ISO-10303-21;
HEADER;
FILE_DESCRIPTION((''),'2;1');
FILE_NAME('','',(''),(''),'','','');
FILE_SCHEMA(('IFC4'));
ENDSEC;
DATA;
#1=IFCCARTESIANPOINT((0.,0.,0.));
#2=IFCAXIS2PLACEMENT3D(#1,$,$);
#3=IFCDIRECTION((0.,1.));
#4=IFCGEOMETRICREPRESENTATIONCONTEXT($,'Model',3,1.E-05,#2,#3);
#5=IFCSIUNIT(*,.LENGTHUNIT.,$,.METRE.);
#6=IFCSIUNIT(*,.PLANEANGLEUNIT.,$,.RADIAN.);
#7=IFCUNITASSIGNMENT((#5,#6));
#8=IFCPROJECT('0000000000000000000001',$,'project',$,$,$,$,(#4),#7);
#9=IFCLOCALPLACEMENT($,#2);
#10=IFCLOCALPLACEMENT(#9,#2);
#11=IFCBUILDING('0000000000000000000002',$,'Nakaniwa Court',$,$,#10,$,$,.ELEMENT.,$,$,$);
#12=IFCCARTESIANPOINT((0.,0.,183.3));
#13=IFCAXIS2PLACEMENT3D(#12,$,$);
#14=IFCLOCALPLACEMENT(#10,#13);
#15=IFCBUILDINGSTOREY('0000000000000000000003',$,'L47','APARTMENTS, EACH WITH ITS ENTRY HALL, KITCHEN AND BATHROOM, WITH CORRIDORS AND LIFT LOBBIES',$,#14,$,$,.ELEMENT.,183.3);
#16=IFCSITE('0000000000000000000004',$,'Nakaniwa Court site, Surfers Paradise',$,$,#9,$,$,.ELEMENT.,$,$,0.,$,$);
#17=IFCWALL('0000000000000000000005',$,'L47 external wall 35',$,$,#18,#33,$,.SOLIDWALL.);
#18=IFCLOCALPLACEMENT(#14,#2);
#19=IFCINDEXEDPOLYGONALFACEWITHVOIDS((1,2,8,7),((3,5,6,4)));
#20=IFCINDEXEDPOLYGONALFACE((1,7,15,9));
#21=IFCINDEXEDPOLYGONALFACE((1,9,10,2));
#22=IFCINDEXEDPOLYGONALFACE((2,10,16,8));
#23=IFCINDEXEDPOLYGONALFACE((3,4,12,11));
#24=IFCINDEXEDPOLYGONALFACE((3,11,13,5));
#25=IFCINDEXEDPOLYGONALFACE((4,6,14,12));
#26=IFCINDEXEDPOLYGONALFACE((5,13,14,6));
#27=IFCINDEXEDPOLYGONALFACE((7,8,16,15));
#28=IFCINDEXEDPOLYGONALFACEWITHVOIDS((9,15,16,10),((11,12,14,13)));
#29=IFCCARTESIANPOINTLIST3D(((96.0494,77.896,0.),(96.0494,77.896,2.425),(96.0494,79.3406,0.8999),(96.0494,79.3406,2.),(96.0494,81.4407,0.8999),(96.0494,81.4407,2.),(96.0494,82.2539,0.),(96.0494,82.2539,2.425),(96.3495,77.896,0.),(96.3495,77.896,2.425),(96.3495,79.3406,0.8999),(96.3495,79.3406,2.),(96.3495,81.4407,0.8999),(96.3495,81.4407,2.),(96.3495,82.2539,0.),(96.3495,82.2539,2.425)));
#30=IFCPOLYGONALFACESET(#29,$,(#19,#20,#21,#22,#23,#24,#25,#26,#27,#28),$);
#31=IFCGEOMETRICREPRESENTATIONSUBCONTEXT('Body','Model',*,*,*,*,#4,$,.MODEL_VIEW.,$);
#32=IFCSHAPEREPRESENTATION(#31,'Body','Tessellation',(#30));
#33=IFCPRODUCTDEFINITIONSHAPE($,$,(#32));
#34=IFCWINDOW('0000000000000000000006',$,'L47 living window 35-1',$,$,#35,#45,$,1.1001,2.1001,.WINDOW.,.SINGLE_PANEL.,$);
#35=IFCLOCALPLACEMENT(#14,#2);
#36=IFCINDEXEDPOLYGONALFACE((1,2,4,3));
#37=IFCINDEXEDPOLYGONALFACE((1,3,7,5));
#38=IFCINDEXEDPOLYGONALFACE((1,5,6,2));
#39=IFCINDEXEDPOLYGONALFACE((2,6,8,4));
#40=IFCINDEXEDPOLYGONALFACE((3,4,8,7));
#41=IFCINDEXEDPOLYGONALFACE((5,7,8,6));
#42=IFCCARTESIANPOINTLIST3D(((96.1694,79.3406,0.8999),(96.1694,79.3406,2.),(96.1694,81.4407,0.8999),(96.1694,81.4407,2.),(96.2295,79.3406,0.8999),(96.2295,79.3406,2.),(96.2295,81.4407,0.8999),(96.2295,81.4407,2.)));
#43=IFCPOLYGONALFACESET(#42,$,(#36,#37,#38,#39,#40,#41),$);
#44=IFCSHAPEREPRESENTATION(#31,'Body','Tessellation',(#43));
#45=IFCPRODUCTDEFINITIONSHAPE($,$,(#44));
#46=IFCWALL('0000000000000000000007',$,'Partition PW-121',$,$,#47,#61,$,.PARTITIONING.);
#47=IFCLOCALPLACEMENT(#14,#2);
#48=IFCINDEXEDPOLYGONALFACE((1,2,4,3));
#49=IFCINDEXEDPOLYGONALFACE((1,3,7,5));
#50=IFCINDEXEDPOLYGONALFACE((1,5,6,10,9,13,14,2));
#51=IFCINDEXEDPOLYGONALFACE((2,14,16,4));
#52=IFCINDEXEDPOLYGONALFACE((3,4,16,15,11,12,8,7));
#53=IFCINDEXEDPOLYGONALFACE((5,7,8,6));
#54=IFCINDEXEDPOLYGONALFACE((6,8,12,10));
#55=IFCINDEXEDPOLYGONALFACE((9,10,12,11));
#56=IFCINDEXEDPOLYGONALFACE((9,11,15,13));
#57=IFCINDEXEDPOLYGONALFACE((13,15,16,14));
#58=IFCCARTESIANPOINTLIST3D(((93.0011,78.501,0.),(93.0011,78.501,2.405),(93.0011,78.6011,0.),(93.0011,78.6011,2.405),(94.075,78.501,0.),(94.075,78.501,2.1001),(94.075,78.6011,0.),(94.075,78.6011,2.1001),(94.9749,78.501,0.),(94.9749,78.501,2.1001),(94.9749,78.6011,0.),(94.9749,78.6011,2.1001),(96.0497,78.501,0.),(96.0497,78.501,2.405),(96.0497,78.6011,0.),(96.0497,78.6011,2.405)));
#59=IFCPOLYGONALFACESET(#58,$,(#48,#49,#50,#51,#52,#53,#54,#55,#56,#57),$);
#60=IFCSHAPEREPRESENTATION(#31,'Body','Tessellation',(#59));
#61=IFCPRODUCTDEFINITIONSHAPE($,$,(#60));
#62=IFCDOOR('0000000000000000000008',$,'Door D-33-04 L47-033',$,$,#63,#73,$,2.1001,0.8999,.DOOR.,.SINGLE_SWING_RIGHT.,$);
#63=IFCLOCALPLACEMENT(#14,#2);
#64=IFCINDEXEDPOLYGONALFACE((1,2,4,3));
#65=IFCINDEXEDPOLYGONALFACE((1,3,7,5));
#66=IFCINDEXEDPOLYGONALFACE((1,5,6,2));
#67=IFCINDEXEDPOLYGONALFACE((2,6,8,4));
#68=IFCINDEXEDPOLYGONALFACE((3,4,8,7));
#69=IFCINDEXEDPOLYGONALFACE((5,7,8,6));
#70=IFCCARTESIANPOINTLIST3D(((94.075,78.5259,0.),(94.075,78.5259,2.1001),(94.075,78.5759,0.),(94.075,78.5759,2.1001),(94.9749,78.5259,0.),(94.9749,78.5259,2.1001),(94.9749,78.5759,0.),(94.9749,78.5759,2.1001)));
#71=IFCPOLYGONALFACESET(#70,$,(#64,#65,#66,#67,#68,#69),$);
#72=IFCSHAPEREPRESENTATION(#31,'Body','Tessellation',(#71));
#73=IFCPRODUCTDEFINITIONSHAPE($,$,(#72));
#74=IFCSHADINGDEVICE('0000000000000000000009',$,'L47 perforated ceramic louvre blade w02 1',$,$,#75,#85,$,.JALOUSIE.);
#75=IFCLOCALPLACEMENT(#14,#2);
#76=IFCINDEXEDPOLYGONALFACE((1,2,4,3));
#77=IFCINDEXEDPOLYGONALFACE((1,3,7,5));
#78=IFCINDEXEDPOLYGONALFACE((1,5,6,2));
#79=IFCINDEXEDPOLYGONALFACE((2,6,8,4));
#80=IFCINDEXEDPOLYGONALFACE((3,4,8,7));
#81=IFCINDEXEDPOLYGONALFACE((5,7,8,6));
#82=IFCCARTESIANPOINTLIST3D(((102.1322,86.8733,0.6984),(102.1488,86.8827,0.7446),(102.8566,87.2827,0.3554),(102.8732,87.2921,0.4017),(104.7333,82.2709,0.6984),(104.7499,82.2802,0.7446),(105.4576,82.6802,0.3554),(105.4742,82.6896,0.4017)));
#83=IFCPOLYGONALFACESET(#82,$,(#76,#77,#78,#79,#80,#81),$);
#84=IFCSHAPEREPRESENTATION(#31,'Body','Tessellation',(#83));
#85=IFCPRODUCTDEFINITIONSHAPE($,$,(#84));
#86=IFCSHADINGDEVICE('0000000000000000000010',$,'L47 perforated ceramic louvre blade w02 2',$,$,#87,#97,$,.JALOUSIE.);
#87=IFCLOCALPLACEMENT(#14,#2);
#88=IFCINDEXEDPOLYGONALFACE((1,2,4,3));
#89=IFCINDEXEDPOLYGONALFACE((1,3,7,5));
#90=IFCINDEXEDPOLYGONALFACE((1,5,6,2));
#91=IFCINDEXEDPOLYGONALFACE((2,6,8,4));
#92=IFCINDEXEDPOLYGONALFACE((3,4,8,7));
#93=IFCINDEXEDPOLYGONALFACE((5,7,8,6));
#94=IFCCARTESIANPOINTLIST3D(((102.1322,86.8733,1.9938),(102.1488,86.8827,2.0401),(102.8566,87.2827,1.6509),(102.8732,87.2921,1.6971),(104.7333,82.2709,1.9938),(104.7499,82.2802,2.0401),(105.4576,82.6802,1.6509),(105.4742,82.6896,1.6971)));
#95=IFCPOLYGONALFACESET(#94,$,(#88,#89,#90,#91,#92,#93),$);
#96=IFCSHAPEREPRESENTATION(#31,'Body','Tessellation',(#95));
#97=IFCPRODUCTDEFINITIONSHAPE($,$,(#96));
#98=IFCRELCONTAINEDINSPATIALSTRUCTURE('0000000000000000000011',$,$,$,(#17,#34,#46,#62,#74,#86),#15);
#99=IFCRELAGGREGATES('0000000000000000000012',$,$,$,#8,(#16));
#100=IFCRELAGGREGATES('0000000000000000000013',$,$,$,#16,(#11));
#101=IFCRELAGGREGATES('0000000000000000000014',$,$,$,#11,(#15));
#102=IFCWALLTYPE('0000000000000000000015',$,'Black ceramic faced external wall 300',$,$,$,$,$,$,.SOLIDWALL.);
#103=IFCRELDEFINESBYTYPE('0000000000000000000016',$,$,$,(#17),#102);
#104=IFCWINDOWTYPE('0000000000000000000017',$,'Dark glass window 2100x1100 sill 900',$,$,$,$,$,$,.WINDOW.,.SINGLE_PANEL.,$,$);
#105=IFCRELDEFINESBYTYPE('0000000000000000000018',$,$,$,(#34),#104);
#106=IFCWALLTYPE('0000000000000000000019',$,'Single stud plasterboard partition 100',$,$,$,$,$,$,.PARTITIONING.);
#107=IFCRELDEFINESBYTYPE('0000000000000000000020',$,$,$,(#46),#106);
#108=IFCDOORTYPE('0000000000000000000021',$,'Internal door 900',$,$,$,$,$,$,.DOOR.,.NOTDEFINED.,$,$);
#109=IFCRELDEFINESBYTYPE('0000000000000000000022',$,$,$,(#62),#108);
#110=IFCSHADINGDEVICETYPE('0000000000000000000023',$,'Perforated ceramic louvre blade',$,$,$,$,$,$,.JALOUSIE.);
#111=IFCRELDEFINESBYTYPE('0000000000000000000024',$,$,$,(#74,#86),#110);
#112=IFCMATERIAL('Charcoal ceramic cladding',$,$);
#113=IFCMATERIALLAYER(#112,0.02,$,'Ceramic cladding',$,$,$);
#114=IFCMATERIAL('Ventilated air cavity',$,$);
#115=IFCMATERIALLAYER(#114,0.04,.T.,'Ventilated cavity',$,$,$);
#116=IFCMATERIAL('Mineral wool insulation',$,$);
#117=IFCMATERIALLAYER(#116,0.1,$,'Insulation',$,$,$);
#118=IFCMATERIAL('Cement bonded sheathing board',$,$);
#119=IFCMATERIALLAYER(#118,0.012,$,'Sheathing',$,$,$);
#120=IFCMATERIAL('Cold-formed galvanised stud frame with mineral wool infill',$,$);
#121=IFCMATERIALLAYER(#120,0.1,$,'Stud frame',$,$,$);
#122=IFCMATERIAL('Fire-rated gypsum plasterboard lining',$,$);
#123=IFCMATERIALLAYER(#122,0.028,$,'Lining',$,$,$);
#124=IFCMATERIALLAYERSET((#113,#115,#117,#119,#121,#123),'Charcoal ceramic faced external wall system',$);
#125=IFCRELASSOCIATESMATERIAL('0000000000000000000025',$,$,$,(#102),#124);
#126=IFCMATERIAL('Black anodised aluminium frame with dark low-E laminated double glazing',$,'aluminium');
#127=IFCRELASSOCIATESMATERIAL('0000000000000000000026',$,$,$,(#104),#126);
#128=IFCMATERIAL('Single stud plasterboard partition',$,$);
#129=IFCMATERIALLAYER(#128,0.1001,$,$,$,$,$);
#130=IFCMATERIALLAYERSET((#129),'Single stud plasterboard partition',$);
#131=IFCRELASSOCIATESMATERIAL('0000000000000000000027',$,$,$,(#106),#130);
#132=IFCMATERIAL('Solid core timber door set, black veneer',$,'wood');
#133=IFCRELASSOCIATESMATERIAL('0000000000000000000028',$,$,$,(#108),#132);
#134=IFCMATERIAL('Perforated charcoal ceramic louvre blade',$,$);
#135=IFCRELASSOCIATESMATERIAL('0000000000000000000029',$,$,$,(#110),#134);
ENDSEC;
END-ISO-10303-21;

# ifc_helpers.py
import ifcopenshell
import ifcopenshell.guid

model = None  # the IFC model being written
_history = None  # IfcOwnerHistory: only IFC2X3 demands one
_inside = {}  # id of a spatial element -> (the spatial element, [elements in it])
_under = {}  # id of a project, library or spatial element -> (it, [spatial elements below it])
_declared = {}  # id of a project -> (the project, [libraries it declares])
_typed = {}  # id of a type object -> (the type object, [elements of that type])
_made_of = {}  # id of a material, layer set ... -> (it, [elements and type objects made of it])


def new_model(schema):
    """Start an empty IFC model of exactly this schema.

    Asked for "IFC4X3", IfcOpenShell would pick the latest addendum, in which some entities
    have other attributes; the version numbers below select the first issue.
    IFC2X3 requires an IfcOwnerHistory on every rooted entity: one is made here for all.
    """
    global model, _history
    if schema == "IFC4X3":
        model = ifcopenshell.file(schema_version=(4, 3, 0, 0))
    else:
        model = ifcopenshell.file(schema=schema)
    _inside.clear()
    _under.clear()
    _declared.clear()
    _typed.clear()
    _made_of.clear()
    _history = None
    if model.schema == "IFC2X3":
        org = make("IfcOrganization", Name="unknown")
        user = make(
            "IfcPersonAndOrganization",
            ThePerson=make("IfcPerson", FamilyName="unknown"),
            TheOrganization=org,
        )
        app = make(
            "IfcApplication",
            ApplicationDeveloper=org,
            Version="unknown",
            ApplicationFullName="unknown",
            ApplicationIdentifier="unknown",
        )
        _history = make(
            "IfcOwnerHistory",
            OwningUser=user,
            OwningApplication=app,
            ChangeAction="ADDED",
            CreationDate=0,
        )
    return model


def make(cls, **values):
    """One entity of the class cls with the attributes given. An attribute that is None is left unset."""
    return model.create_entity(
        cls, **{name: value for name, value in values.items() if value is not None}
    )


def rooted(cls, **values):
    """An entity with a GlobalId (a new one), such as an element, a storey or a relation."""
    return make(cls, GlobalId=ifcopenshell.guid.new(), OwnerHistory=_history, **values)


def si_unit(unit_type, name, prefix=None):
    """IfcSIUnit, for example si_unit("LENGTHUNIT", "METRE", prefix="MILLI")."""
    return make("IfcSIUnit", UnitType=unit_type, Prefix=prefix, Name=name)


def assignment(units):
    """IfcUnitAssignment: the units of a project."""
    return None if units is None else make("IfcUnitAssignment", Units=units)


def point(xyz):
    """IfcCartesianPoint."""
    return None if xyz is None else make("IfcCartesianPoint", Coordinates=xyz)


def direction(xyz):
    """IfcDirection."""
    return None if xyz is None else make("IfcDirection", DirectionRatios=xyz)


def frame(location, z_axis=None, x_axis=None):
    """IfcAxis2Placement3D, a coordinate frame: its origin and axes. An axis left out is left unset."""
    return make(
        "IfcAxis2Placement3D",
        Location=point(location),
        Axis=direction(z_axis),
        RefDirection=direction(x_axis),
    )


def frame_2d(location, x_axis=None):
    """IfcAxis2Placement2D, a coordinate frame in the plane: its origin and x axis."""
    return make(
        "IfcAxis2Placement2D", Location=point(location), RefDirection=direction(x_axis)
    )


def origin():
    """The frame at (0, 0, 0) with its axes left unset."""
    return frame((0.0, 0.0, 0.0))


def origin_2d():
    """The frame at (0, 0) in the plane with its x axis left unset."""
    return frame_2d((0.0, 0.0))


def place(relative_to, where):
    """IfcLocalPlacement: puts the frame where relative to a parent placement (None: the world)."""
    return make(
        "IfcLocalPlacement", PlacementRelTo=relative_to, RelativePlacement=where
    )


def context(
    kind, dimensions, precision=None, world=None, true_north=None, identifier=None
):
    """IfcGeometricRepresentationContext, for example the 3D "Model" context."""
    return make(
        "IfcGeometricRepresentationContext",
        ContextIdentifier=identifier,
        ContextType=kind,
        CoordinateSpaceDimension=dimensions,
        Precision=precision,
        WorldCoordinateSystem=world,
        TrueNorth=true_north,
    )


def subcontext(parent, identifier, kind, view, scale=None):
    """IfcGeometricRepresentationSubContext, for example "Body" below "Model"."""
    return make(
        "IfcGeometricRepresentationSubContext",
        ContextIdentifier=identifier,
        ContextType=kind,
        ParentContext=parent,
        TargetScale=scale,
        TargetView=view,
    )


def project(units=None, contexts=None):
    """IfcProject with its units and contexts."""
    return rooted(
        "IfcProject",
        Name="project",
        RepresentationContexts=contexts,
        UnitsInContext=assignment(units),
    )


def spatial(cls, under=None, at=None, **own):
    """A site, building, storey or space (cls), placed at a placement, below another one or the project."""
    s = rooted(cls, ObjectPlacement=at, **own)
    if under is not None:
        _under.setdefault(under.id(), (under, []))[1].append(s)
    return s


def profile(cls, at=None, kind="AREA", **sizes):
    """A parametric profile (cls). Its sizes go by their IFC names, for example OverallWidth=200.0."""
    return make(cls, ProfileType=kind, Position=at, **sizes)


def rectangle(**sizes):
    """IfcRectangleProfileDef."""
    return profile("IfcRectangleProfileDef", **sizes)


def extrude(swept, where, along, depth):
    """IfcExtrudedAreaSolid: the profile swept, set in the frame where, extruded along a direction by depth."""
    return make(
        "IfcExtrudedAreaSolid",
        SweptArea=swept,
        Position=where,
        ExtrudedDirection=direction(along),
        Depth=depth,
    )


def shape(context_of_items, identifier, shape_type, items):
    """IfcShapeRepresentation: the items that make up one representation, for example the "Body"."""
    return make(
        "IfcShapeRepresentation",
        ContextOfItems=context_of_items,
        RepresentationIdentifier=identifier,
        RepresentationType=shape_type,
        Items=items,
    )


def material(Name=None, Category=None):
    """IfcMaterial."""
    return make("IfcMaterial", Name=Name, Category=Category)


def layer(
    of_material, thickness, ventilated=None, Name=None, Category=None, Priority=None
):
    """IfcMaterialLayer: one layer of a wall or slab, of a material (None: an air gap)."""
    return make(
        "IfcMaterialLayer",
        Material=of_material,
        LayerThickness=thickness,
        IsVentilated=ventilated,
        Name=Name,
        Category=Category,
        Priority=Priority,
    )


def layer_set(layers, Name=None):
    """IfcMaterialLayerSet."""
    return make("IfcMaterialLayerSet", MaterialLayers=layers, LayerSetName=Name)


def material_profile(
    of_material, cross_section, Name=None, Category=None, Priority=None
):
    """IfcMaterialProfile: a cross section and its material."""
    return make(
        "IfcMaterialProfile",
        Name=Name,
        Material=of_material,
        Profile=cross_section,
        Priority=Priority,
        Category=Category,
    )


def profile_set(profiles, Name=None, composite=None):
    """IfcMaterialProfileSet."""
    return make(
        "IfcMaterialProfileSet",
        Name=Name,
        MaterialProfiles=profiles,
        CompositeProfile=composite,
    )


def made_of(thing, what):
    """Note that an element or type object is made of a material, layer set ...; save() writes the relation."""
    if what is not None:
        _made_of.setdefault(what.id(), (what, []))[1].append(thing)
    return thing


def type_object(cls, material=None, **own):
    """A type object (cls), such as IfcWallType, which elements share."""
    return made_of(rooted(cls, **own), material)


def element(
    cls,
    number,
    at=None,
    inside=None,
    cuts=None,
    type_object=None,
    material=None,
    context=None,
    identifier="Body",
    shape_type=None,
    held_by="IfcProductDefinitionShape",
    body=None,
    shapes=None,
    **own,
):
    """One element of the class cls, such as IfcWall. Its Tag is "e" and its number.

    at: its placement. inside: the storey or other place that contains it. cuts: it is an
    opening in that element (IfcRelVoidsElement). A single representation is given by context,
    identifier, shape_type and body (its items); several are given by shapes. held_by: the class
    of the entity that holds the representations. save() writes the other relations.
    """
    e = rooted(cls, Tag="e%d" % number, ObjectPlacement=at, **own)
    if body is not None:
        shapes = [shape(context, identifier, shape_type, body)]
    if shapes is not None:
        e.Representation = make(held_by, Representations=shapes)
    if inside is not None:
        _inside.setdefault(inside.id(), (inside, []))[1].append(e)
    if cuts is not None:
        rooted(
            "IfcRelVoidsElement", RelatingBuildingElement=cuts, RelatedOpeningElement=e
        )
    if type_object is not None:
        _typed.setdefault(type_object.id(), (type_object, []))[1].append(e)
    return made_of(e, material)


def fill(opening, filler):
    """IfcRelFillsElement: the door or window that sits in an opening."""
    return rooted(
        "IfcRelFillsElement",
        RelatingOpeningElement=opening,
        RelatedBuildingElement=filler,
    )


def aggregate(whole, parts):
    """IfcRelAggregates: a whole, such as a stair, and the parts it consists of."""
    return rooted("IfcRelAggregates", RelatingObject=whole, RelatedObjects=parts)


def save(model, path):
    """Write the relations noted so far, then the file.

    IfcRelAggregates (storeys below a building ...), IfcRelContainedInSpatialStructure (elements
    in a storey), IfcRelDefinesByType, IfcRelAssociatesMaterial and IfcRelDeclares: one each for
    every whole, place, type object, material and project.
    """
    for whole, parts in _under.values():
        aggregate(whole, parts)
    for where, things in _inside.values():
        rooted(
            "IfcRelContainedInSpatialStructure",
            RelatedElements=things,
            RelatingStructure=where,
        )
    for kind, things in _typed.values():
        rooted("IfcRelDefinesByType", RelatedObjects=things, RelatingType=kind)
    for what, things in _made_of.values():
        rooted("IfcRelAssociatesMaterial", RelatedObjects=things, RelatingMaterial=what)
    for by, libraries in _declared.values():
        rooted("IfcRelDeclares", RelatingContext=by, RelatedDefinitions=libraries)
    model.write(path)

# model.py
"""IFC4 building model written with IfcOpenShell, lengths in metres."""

from ifc_helpers import new_model, si_unit, direction, frame, frame_2d, origin, origin_2d, place, context, subcontext, project, spatial, rectangle, extrude, material, layer, layer_set, material_profile, profile_set, type_object, element, fill, save


model = new_model("IFC4")

# Units and contexts
model_context = context("Model", 3, precision=1e-05, world=origin(), true_north=direction((0.0, 1.0)))
body_context = subcontext(model_context, "Body", "Model", "MODEL_VIEW")
ifc_project = project(units=[si_unit("LENGTHUNIT", "METRE"), si_unit("PLANEANGLEUNIT", "RADIAN")], contexts=[model_context])

# Site, building, storey
site_placement = place(None, origin())
site = spatial("IfcSite", under=ifc_project, at=site_placement, Name="Nakaniwa Court site, Surfers Paradise", CompositionType="ELEMENT", RefElevation=0.0)
building_placement = place(site_placement, origin())
building = spatial("IfcBuilding", under=site, at=building_placement, Name="Nakaniwa Court", CompositionType="ELEMENT")
storey_placement = place(building_placement, frame((0.0, 0.0, 183.3)))
storey = spatial("IfcBuildingStorey", under=building, at=storey_placement, Name="L47", Description="APARTMENTS, EACH WITH ITS ENTRY HALL, KITCHEN AND BATHROOM, WITH CORRIDORS AND LIFT LOBBIES", CompositionType="ELEMENT", Elevation=183.3)

# Shared definitions
ifc_material_1 = material(Name="Charcoal ceramic cladding")
ifc_layer_1 = layer(ifc_material_1, 0.02, Name="Ceramic cladding")
ifc_material_2 = material(Name="Ventilated air cavity")
ifc_layer_2 = layer(ifc_material_2, 0.04, ventilated=True, Name="Ventilated cavity")
ifc_material_3 = material(Name="Mineral wool insulation")
ifc_layer_3 = layer(ifc_material_3, 0.1, Name="Insulation")
ifc_material_4 = material(Name="Cement bonded sheathing board")
ifc_layer_4 = layer(ifc_material_4, 0.012, Name="Sheathing")
ifc_material_5 = material(Name="Cold-formed galvanised stud frame with mineral wool infill")
ifc_layer_5 = layer(ifc_material_5, 0.1, Name="Stud frame")
ifc_material_6 = material(Name="Fire-rated gypsum plasterboard lining")
ifc_layer_6 = layer(ifc_material_6, 0.028, Name="Lining")
ifc_layer_set_1 = layer_set([ifc_layer_1, ifc_layer_2, ifc_layer_3, ifc_layer_4, ifc_layer_5, ifc_layer_6], Name="Charcoal ceramic faced external wall system")
wall_type_1 = type_object("IfcWallType", Name="Black ceramic faced external wall 300", PredefinedType="SOLIDWALL", material=ifc_layer_set_1)

# Shared definitions
ifc_material_7 = material(Name="Black anodised aluminium frame with dark low-E laminated double glazing", Category="aluminium")

# Wall, opening, window
wall_1_placement = place(storey_placement, frame((96.1995, 77.896, 0.0), z_axis=(0.0, 0.0, 1.0), x_axis=(0.0, 1.0, 0.0)))
wall_1 = element("IfcWall", 1, at=wall_1_placement, inside=storey, type_object=wall_type_1, Name="L47 external wall 35", PredefinedType="SOLIDWALL", context=body_context, shape_type="SweptSolid", body=[
    extrude(rectangle(XDim=4.3579, YDim=0.3, at=frame_2d((2.179, 0.0))), origin(), (0.0, 0.0, 1.0), 2.425),
])
opening_1_placement = place(wall_1_placement, frame((1.4446, 0.0, 0.8999)))
opening_1 = element("IfcOpeningElement", 2, at=opening_1_placement, cuts=wall_1, PredefinedType="OPENING", context=body_context, shape_type="SweptSolid", body=[
    extrude(rectangle(XDim=2.1001, YDim=1.1001, at=frame_2d((1.05, 0.55))), frame((0.0, 0.1599, 0.0), z_axis=(0.0, -1.0, 0.0), x_axis=(1.0, 0.0, 0.0)), (0.0, 0.0, 1.0), 0.3201),
])
window_type_1 = type_object("IfcWindowType", Name="Dark glass window 2100x1100 sill 900", PartitioningType="SINGLE_PANEL", PredefinedType="WINDOW", material=ifc_material_7)
window_1_placement = place(opening_1_placement, origin())
window_1 = element("IfcWindow", 3, at=window_1_placement, inside=storey, type_object=window_type_1, Name="L47 living window 35-1", OverallHeight=1.1001, OverallWidth=2.1001, PartitioningType="SINGLE_PANEL", PredefinedType="WINDOW", context=body_context, shape_type="SweptSolid", body=[
    extrude(rectangle(XDim=2.1001, YDim=1.1001, at=frame_2d((1.05, 0.55))), frame((0.0, 0.03, 0.0), z_axis=(0.0, -1.0, 0.0), x_axis=(1.0, 0.0, 0.0)), (0.0, 0.0, 1.0), 0.0601),
])
fill(opening_1, window_1)

# Wall, opening, door
ifc_material_8 = material(Name="Single stud plasterboard partition")
ifc_layer_7 = layer(ifc_material_8, 0.1001)
ifc_layer_set_2 = layer_set([ifc_layer_7], Name="Single stud plasterboard partition")
wall_type_2 = type_object("IfcWallType", Name="Single stud plasterboard partition 100", PredefinedType="PARTITIONING", material=ifc_layer_set_2)
wall_2_placement = place(storey_placement, frame((93.001, 78.551, 0.0), z_axis=(0.0, 0.0, 1.0), x_axis=(1.0, 0.0, 0.0)))
wall_2 = element("IfcWall", 4, at=wall_2_placement, inside=storey, type_object=wall_type_2, Name="Partition PW-121", PredefinedType="PARTITIONING", context=body_context, shape_type="SweptSolid", body=[
    extrude(rectangle(XDim=3.0486, YDim=0.1001, at=frame_2d((1.5244, 0.0))), origin(), (0.0, 0.0, 1.0), 2.405),
])
opening_2_placement = place(wall_2_placement, frame((1.074, 0.0, 0.0)))
opening_2 = element("IfcOpeningElement", 5, at=opening_2_placement, cuts=wall_2, PredefinedType="OPENING", context=body_context, shape_type="SweptSolid", body=[
    extrude(rectangle(XDim=0.8999, YDim=2.1001, at=frame_2d((0.45, 1.05))), frame((0.0, 0.0601, 0.0), z_axis=(0.0, -1.0, 0.0), x_axis=(1.0, 0.0, 0.0)), (0.0, 0.0, 1.0), 0.1201),
])
ifc_material_9 = material(Name="Solid core timber door set, black veneer", Category="wood")
door_type = type_object("IfcDoorType", Name="Internal door 900", OperationType="NOTDEFINED", PredefinedType="DOOR", material=ifc_material_9)
door_placement = place(opening_2_placement, origin())
door = element("IfcDoor", 6, at=door_placement, inside=storey, type_object=door_type, Name="Door D-33-04 L47-033", OperationType="SINGLE_SWING_RIGHT", OverallHeight=2.1001, OverallWidth=0.8999, PredefinedType="DOOR", context=body_context, shape_type="SweptSolid", body=[
    extrude(rectangle(XDim=0.8999, YDim=2.1001, at=frame_2d((0.45, 1.05))), frame((0.0, 0.0249, 0.0), z_axis=(0.0, -1.0, 0.0), x_axis=(1.0, 0.0, 0.0)), (0.0, 0.0, 1.0), 0.05),
])
fill(opening_2, door)

# Shading devices
ifc_material_10 = material(Name="Perforated charcoal ceramic louvre blade")
ifc_material_profile_1 = material_profile(ifc_material_10, rectangle(XDim=0.8999, YDim=0.05, at=origin_2d()), Name="Perforated ceramic louvre blade")
ifc_profile_set_1 = profile_set([ifc_material_profile_1], Name="Perforated charcoal ceramic louvre blade")
shading_device_type = type_object("IfcShadingDeviceType", Name="Perforated ceramic louvre blade", PredefinedType="JALOUSIE", material=ifc_profile_set_1)
for number, where, z_axis, x_axis, name in (
    (7, (105.1038, 82.4802, 0.55), (-0.492006, 0.870592, 0.0), (-0.804902, -0.454882, 0.38107), "L47 perforated ceramic louvre blade w02 1"),
    (8, (105.1038, 82.4802, 1.8455), (-0.492006, 0.870592, 0.0), (-0.804902, -0.454882, 0.38107), "L47 perforated ceramic louvre blade w02 2"),
):
    element("IfcShadingDevice", number, at=place(storey_placement, frame(where, z_axis=z_axis, x_axis=x_axis)), inside=storey, type_object=shading_device_type, Name=name, PredefinedType="JALOUSIE", context=body_context, shape_type="SweptSolid", body=[
        extrude(rectangle(XDim=0.8999, YDim=0.05, at=origin_2d()), origin(), (0.0, 0.0, 1.0), 5.2866),
    ])

save(model, "model.ifc")
